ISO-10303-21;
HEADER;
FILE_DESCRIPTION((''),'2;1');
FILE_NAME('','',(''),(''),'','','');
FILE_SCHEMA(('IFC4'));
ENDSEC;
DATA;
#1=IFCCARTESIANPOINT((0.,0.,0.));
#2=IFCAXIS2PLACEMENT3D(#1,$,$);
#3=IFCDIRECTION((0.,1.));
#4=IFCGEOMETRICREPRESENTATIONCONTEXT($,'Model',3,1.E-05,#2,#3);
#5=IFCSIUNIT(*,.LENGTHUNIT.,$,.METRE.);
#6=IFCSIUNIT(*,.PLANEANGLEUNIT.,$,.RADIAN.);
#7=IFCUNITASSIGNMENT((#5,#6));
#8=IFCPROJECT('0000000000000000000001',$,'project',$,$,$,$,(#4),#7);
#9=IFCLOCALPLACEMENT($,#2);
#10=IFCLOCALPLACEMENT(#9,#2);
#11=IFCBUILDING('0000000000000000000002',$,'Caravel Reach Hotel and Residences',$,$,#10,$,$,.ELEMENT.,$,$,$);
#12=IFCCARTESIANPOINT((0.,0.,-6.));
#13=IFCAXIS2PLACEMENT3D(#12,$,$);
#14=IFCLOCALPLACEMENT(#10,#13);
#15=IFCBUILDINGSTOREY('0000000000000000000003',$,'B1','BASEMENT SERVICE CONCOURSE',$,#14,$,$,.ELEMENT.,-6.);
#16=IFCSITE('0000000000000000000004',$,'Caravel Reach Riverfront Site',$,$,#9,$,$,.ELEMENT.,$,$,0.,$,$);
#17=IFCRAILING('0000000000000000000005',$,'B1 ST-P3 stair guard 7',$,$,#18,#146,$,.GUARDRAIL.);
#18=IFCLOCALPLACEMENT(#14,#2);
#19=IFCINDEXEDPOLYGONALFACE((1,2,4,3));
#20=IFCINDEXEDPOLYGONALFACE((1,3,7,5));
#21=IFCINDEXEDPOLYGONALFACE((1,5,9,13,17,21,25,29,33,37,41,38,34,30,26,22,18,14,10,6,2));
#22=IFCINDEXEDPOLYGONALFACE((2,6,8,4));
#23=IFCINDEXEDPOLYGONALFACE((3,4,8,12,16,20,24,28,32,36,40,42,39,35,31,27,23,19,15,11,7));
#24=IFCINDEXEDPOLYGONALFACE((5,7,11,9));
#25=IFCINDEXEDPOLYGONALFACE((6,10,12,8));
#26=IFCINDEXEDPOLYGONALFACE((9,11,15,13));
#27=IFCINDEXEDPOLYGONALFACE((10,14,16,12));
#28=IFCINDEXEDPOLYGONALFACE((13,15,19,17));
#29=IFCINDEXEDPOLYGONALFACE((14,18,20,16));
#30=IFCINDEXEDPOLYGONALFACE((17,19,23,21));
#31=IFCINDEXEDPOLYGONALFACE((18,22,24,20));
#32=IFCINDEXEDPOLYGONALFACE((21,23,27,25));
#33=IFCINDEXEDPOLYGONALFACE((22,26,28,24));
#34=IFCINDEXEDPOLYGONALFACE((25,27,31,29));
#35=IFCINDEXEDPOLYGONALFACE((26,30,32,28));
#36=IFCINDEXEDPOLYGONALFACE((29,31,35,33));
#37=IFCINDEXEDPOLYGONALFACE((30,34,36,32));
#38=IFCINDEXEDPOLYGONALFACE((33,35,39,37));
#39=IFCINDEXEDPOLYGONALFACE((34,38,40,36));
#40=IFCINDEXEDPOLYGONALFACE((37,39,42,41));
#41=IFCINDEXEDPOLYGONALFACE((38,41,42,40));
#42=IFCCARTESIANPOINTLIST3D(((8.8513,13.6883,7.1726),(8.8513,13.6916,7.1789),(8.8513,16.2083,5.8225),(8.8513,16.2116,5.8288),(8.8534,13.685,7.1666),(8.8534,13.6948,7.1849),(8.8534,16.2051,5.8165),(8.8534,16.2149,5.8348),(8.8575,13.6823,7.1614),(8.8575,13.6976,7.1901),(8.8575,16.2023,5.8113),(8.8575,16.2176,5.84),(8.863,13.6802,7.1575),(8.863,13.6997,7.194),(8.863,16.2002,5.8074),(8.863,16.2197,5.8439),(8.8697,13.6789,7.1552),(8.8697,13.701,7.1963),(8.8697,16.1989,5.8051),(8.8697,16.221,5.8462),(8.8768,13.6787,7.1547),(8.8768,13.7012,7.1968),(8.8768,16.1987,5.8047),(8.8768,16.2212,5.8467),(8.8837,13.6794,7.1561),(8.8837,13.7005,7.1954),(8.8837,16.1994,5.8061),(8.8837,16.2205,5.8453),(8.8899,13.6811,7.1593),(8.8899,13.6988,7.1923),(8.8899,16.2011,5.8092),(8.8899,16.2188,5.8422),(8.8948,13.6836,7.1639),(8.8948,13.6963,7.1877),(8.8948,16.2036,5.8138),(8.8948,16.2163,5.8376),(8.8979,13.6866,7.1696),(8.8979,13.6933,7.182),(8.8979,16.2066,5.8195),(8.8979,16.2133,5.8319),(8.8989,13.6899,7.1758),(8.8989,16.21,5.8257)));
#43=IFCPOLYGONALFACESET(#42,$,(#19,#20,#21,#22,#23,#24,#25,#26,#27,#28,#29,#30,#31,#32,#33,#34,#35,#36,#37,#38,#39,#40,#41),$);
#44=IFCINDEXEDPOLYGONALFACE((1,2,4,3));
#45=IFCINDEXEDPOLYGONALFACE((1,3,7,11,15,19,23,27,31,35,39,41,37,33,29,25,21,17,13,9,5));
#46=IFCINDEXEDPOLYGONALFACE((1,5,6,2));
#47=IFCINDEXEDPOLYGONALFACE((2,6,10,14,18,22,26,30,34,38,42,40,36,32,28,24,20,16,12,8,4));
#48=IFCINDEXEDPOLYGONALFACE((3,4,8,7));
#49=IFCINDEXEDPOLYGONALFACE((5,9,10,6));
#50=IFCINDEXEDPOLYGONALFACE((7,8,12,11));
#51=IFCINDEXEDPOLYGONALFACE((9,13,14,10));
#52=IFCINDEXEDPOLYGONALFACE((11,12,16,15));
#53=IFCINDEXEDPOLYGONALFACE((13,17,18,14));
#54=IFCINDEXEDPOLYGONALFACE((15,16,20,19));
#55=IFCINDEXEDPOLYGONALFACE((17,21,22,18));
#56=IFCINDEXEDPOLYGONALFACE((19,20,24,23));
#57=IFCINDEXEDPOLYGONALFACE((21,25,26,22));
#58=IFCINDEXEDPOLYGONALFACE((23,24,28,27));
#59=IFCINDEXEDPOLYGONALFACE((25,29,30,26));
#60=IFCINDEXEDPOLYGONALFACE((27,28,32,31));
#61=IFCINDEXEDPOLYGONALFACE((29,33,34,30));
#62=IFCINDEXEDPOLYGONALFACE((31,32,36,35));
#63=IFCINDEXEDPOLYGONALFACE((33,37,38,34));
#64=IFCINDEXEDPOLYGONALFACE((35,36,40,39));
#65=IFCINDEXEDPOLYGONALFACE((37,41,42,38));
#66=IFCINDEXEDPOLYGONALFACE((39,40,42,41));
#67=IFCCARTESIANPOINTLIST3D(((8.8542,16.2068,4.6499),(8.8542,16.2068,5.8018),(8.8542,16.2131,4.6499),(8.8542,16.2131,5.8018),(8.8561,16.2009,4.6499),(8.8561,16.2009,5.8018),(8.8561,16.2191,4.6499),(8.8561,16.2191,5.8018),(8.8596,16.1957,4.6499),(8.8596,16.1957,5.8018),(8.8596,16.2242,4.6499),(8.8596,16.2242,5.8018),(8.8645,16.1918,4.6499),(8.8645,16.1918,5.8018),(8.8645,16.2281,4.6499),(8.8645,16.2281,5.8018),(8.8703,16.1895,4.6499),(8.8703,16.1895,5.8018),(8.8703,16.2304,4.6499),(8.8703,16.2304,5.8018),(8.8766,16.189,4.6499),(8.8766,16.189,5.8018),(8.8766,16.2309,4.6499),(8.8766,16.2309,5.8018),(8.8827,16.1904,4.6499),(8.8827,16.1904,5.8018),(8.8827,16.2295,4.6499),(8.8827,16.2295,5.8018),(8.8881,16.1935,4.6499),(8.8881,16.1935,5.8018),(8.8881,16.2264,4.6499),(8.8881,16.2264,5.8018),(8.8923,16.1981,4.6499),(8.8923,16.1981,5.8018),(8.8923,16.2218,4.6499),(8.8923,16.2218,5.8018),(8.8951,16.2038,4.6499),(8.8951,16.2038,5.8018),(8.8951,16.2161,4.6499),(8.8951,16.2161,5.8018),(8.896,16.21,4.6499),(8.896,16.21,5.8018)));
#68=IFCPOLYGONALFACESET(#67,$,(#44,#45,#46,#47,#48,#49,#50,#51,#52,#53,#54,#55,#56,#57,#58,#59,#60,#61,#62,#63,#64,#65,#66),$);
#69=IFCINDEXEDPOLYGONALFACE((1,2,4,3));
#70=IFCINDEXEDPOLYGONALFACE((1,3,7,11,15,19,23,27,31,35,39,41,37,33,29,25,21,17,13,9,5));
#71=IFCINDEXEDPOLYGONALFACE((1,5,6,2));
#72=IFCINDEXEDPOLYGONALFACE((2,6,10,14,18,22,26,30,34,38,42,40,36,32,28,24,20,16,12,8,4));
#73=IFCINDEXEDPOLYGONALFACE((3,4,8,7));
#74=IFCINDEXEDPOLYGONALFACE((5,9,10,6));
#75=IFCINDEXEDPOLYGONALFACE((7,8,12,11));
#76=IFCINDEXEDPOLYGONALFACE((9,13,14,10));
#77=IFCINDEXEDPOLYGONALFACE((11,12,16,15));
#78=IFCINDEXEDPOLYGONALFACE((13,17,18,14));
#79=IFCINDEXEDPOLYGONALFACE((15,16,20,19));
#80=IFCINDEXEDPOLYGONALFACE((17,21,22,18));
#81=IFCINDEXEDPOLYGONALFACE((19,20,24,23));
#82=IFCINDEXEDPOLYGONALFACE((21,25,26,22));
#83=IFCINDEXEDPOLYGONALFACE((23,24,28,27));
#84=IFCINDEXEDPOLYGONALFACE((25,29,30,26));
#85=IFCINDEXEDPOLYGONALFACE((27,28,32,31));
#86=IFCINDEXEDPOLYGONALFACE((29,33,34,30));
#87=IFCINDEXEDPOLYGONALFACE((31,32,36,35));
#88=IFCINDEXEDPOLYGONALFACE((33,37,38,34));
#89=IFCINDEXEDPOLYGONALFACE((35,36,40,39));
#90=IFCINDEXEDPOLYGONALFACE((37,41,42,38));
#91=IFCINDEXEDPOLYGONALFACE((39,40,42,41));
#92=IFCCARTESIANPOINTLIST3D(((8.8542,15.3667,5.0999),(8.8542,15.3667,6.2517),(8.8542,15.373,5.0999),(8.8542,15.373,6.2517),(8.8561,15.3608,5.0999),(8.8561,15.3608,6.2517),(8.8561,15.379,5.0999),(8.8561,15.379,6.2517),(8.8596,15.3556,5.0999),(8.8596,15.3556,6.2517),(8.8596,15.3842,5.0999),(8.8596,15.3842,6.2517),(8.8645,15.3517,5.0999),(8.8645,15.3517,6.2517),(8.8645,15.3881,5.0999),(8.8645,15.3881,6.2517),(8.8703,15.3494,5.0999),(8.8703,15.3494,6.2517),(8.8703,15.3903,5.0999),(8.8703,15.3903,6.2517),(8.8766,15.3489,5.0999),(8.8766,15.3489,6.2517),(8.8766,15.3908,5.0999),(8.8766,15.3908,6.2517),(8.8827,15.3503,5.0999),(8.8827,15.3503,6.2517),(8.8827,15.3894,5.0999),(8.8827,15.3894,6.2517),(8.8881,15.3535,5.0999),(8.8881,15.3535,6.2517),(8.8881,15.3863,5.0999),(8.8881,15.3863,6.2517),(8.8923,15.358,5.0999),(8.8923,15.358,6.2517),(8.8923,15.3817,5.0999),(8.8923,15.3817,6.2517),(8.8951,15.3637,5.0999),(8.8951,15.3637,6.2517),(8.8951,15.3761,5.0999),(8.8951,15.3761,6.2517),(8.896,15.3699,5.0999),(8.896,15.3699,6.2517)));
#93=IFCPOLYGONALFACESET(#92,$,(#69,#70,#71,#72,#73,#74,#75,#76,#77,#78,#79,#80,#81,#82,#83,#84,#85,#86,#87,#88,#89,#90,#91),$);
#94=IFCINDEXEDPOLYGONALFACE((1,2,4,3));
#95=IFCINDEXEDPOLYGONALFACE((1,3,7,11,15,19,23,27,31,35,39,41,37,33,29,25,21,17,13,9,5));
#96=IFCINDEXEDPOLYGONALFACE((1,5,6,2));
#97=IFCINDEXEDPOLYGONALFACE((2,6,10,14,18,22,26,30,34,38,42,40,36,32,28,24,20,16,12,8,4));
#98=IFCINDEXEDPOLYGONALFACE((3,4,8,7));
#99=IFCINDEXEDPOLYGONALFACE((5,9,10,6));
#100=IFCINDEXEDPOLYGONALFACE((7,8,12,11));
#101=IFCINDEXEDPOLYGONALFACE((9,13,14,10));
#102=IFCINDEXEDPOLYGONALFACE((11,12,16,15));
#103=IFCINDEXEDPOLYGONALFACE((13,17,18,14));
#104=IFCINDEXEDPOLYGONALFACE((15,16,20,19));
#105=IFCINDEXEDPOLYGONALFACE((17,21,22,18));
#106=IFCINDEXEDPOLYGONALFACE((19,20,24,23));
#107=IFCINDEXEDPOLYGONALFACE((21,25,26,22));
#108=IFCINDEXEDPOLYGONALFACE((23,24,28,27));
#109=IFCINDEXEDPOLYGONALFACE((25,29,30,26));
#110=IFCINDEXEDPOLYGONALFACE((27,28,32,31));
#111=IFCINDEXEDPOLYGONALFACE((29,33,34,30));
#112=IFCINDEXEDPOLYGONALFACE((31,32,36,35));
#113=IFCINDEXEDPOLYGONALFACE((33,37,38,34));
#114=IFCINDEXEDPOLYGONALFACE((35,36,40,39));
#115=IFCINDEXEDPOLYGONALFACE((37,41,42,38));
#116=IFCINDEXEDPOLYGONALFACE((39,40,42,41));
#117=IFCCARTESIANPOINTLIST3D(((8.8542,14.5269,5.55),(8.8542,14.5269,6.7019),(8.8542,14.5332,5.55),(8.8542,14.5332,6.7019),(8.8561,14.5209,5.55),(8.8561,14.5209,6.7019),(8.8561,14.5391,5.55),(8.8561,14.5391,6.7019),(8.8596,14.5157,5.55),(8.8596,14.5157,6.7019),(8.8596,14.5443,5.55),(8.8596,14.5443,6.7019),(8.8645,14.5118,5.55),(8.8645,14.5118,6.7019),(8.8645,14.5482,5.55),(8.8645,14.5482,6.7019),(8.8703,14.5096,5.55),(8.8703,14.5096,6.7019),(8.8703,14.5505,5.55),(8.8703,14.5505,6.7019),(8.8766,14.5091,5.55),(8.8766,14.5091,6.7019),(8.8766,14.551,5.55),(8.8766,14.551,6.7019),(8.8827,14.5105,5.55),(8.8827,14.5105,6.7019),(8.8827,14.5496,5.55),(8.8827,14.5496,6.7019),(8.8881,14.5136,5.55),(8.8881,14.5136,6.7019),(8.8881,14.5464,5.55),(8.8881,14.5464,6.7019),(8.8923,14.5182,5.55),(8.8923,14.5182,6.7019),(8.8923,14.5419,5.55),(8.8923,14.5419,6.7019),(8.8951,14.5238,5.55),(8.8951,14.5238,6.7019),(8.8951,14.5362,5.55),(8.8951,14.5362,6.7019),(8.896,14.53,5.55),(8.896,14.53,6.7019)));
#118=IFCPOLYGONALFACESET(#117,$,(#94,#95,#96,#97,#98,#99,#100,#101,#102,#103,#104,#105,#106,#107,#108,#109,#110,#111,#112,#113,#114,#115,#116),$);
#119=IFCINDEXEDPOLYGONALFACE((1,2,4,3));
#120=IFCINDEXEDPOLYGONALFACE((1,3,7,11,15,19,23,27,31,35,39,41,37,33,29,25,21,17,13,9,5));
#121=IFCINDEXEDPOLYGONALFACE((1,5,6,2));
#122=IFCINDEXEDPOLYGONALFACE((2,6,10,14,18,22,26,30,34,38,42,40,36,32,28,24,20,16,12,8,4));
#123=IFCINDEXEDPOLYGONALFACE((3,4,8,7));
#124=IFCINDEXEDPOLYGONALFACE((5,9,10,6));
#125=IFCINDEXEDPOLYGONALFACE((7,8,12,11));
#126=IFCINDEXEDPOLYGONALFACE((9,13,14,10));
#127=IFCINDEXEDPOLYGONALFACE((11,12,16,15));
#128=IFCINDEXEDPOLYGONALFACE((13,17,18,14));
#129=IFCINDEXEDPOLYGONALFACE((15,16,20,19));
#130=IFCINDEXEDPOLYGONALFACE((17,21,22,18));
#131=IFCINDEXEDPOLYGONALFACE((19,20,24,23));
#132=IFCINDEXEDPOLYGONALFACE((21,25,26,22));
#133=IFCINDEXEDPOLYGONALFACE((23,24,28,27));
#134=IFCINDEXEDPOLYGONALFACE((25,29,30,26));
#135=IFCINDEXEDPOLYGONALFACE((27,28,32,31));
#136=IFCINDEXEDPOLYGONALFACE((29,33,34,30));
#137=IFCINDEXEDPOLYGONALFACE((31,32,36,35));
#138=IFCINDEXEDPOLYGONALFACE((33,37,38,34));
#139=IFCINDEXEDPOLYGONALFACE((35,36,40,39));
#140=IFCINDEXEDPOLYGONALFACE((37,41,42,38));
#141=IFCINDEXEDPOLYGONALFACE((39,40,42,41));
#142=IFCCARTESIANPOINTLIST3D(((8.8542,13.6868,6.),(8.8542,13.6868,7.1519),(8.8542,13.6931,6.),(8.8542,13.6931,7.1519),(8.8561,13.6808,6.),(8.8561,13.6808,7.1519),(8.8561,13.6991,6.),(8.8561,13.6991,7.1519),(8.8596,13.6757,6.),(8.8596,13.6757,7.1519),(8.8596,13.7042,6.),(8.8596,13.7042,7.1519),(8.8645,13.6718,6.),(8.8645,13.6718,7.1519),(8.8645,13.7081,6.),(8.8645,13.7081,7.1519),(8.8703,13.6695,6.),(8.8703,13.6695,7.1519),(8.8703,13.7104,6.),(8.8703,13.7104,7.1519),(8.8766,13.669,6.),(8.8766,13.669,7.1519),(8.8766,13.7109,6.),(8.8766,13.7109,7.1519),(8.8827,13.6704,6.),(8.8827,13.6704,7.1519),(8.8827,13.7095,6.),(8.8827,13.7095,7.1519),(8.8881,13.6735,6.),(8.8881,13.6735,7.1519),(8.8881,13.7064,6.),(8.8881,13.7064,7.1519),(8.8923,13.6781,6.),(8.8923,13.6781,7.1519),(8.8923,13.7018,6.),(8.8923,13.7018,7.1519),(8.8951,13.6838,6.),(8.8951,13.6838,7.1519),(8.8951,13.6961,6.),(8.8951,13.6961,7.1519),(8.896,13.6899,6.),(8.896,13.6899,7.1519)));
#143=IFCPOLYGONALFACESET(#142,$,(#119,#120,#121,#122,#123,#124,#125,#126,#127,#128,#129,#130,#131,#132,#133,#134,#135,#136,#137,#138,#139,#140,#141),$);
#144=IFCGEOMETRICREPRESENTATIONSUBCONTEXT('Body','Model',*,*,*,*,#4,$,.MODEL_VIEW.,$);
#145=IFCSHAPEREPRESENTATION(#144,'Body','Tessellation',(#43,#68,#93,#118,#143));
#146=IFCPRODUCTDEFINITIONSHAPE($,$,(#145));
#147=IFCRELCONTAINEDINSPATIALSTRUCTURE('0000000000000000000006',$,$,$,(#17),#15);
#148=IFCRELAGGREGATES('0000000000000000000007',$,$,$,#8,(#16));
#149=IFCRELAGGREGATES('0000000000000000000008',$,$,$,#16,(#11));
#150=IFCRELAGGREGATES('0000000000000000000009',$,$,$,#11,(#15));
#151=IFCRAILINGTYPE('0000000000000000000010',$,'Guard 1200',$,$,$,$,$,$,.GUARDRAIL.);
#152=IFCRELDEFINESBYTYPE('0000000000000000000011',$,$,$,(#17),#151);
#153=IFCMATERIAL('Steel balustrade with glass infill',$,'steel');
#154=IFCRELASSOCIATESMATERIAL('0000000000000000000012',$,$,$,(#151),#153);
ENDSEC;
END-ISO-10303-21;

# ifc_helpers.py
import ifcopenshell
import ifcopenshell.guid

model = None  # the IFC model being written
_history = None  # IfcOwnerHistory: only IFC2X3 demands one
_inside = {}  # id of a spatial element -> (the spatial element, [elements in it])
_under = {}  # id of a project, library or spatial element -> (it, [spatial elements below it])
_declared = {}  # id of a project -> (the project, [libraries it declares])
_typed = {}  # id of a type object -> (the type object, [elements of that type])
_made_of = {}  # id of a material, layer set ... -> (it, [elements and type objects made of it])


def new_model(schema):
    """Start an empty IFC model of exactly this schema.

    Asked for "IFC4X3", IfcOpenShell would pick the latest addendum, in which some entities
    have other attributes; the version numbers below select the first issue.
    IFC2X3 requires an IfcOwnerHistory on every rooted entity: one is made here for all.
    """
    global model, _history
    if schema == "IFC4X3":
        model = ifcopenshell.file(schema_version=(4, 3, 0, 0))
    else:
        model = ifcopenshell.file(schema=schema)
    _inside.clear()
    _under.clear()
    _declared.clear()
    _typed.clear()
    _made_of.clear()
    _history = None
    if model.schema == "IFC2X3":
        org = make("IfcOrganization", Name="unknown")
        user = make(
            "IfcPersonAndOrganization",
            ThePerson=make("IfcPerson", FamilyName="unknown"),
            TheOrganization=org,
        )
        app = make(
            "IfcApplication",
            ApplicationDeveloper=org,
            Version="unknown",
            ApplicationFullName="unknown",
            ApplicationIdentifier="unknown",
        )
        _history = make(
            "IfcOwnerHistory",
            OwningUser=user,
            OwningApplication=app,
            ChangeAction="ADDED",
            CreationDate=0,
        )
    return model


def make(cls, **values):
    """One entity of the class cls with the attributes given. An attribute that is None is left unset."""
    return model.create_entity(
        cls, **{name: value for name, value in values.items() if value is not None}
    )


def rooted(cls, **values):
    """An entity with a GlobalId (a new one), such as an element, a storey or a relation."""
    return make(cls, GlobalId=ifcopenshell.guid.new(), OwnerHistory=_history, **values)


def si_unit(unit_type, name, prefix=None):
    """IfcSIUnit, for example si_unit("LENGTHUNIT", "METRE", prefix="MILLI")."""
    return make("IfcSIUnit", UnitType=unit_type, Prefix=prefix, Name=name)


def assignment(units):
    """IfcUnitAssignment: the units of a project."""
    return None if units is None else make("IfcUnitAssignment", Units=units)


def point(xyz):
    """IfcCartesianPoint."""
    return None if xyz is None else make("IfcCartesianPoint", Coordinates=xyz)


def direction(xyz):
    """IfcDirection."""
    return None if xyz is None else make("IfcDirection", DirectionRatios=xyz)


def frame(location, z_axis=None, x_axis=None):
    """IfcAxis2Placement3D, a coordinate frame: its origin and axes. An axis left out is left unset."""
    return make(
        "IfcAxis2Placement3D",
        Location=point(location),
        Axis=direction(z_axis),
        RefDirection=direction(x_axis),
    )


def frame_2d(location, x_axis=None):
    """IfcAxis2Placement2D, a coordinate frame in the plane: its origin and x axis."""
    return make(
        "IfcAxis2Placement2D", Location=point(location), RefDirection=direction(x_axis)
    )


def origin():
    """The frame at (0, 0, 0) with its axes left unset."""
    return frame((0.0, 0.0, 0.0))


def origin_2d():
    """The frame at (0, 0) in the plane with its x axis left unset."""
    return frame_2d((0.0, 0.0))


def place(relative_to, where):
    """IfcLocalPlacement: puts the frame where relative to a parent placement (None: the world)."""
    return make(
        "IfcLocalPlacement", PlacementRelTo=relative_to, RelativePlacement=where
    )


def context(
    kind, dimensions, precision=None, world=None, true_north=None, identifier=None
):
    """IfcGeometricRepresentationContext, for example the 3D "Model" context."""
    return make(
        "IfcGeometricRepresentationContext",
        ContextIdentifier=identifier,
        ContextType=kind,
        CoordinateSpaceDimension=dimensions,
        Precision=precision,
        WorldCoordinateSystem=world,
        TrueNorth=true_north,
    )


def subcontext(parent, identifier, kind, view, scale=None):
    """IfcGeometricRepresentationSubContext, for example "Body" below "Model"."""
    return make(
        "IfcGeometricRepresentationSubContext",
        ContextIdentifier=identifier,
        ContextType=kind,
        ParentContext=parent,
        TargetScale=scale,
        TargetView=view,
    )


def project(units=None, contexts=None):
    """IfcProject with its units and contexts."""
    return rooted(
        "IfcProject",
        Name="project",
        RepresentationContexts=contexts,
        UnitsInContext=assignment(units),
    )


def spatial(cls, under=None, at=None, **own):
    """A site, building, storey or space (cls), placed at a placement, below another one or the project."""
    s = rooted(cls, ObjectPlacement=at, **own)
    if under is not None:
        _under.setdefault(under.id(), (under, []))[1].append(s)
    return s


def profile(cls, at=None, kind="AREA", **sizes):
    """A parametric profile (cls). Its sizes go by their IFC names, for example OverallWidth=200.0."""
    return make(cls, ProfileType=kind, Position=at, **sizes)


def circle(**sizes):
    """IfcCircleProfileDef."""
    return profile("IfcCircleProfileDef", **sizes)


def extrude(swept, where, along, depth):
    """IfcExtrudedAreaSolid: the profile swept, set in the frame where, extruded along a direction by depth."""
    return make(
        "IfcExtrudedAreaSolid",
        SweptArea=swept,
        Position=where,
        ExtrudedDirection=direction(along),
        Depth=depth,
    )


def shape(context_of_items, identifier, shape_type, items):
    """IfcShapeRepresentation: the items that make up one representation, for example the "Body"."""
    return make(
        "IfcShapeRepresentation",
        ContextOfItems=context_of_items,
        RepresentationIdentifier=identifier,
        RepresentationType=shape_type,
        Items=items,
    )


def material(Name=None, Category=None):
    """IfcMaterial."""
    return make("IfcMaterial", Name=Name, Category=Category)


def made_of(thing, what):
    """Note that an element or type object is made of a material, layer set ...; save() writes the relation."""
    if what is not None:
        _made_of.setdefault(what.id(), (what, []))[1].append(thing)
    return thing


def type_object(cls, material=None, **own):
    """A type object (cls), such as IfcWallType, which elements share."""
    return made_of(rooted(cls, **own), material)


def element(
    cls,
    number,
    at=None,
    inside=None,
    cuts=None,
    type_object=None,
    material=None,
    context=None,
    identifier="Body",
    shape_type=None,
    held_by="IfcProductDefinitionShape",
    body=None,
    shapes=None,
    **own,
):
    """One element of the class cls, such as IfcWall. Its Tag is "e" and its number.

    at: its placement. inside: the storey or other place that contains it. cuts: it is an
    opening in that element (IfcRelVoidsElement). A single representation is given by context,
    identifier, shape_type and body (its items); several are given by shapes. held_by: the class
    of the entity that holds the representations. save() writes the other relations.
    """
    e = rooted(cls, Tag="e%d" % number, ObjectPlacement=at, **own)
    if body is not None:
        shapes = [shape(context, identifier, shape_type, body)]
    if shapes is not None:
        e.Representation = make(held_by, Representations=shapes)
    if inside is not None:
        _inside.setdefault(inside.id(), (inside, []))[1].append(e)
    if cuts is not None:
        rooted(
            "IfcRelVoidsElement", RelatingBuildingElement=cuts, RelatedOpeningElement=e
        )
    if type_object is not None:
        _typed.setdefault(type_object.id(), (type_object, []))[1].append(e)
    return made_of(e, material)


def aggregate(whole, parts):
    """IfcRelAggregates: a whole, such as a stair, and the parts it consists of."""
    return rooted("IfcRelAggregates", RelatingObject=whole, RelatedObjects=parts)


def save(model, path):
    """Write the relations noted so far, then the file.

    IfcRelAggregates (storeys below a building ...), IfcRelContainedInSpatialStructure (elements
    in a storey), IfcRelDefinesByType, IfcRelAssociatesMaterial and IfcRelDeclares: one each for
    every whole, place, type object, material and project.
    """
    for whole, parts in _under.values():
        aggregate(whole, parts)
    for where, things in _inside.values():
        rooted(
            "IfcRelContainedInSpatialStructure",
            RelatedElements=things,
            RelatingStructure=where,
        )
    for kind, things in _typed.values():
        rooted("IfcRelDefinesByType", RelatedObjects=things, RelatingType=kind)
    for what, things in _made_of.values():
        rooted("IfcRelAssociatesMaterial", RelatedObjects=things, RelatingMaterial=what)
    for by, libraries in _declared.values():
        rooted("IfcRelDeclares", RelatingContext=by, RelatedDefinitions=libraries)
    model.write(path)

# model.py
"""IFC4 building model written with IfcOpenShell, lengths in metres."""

from ifc_helpers import new_model, si_unit, direction, frame, origin, origin_2d, place, context, subcontext, project, spatial, circle, extrude, material, type_object, element, save


model = new_model("IFC4")

# Units and contexts
model_context = context("Model", 3, precision=1e-05, world=origin(), true_north=direction((0.0, 1.0)))
body_context = subcontext(model_context, "Body", "Model", "MODEL_VIEW")
ifc_project = project(units=[si_unit("LENGTHUNIT", "METRE"), si_unit("PLANEANGLEUNIT", "RADIAN")], contexts=[model_context])

# Site, building, storey
site_placement = place(None, origin())
site = spatial("IfcSite", under=ifc_project, at=site_placement, Name="Caravel Reach Riverfront Site", CompositionType="ELEMENT", RefElevation=0.0)
building_placement = place(site_placement, origin())
building = spatial("IfcBuilding", under=site, at=building_placement, Name="Caravel Reach Hotel and Residences", CompositionType="ELEMENT")
storey_placement = place(building_placement, frame((0.0, 0.0, -6.0)))
storey = spatial("IfcBuildingStorey", under=building, at=storey_placement, Name="B1", Description="BASEMENT SERVICE CONCOURSE", CompositionType="ELEMENT", Elevation=-6.0)

# Railing
ifc_material_1 = material(Name="Steel balustrade with glass infill", Category="steel")
railing_type_1 = type_object("IfcRailingType", Name="Guard 1200", PredefinedType="GUARDRAIL", material=ifc_material_1)
for number, where, name in (
    (1, (8.875, 16.21, 4.6499), "B1 ST-P3 stair guard 7"),
):
    element("IfcRailing", number, at=place(storey_placement, frame(where)), inside=storey, type_object=railing_type_1, Name=name, PredefinedType="GUARDRAIL", context=body_context, shape_type="SweptSolid", body=[
        extrude(circle(Radius=0.0239, at=origin_2d()), frame((0.0, 0.0, 1.1758), z_axis=(0.0, -0.881467, 0.472245), x_axis=(1.0, 0.0, 0.0)), (0.0, 0.0, 1.0), 2.8589),
        extrude(circle(Radius=0.021, at=origin_2d()), origin(), (0.0, 0.0, 1.0), 1.1519),
        extrude(circle(Radius=0.021, at=origin_2d()), frame((0.0, -0.8401, 0.45)), (0.0, 0.0, 1.0), 1.1519),
        extrude(circle(Radius=0.021, at=origin_2d()), frame((0.0, -1.6799, 0.9001)), (0.0, 0.0, 1.0), 1.1519),
        extrude(circle(Radius=0.021, at=origin_2d()), frame((0.0, -2.52, 1.3501)), (0.0, 0.0, 1.0), 1.1519),
    ])

save(model, "model.ifc")
